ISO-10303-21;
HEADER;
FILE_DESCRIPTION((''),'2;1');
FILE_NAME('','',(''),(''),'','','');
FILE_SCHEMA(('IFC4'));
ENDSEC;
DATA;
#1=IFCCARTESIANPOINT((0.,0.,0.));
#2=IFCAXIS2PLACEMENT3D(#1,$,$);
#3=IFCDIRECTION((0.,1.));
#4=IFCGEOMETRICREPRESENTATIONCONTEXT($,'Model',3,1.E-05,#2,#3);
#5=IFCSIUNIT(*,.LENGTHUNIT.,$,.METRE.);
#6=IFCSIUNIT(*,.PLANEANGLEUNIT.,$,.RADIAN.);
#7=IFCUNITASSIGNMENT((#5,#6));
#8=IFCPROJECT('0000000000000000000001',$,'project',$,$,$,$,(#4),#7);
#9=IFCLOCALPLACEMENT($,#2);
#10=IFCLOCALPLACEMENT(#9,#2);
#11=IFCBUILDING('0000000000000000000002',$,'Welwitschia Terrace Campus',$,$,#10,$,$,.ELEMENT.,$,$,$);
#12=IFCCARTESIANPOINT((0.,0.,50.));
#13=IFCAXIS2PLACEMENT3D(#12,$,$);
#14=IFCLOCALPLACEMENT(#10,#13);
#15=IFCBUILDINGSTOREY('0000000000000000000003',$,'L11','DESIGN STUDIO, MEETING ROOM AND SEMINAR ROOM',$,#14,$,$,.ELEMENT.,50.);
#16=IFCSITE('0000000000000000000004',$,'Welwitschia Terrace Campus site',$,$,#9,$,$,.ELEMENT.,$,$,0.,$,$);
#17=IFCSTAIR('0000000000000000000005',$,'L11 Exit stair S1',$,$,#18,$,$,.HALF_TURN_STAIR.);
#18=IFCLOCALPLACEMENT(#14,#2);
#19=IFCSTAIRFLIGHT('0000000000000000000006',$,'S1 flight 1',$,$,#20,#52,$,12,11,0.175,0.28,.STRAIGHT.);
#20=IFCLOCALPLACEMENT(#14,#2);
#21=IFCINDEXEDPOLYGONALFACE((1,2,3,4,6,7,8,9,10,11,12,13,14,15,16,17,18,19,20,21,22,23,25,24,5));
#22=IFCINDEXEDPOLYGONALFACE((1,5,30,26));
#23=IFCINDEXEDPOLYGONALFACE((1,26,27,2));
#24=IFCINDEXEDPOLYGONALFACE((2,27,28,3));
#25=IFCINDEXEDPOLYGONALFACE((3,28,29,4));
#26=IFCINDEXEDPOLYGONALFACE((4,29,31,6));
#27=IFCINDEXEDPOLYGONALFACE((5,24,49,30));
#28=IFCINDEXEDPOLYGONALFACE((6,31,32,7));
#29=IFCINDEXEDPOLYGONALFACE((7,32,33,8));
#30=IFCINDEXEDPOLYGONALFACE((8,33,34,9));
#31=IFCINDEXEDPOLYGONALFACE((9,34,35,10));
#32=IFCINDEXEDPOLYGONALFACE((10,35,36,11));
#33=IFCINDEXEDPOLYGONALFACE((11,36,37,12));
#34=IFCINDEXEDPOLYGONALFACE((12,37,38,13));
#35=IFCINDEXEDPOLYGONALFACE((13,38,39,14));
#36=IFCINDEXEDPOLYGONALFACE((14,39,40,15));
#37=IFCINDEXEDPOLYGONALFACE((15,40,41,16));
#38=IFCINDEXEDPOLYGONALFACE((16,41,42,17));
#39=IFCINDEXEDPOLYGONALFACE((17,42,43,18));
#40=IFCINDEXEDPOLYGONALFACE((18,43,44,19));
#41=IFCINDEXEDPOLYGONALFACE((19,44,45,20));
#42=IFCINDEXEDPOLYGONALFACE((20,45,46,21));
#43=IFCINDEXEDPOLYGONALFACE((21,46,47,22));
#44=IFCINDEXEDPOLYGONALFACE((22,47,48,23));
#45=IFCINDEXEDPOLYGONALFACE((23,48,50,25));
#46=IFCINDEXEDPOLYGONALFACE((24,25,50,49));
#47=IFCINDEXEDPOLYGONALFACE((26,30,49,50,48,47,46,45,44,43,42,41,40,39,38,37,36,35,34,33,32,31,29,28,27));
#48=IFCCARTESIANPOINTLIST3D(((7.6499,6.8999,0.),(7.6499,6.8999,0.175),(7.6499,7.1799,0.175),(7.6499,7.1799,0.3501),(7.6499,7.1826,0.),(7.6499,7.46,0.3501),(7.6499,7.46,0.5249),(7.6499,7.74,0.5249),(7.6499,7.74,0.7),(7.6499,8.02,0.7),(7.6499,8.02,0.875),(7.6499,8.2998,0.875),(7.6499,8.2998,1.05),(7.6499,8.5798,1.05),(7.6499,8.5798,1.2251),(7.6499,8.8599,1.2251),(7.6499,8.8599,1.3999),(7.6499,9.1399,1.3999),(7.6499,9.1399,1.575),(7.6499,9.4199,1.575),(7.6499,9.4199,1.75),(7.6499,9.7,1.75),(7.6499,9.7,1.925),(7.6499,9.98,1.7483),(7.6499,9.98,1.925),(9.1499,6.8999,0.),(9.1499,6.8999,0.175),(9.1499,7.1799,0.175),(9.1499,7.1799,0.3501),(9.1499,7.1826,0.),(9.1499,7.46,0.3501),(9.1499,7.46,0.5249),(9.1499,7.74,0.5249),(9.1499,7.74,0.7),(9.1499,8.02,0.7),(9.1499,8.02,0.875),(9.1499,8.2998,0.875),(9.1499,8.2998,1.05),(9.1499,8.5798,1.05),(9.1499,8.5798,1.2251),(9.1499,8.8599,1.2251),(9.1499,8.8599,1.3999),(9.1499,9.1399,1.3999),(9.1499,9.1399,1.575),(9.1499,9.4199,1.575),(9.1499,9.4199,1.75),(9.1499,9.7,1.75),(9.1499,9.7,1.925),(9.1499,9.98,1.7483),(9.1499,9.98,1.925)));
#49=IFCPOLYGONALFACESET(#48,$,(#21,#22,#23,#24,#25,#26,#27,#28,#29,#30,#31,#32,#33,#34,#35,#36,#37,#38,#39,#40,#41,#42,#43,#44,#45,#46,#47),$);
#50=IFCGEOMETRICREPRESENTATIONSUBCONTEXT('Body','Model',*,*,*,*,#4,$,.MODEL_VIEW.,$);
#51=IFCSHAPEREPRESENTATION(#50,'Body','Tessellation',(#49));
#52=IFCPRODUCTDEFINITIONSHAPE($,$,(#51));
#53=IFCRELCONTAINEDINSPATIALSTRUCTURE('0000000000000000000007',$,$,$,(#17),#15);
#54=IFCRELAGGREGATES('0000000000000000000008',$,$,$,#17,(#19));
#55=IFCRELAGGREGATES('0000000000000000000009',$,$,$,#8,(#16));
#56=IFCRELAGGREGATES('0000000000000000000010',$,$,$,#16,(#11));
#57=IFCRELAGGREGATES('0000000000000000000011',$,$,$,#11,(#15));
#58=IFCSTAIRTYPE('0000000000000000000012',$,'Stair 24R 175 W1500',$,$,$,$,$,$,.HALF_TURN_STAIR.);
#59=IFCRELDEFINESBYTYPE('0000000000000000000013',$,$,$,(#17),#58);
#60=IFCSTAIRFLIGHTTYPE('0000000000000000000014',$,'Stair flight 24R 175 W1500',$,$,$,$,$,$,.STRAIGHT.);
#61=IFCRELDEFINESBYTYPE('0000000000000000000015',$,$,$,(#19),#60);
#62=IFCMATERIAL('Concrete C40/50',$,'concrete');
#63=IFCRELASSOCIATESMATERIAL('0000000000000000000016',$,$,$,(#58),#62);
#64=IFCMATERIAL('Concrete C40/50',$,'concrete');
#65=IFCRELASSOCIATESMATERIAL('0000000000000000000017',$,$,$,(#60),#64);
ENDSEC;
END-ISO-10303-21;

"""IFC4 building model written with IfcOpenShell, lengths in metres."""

from ifc_helpers import new_model, si_unit, direction, frame, origin, place, context, subcontext, project, spatial, polyline, outline, extrude, material, type_object, element, aggregate, save


model = new_model("IFC4")

# Units and contexts
model_context = context("Model", 3, precision=1e-05, world=origin(), true_north=direction((0.0, 1.0)))
body_context = subcontext(model_context, "Body", "Model", "MODEL_VIEW")
ifc_project = project(units=[si_unit("LENGTHUNIT", "METRE"), si_unit("PLANEANGLEUNIT", "RADIAN")], contexts=[model_context])

# Site, building, storey
site_placement = place(None, origin())
site = spatial("IfcSite", under=ifc_project, at=site_placement, Name="Welwitschia Terrace Campus site", CompositionType="ELEMENT", RefElevation=0.0)
building_placement = place(site_placement, origin())
building = spatial("IfcBuilding", under=site, at=building_placement, Name="Welwitschia Terrace Campus", CompositionType="ELEMENT")
storey_placement = place(building_placement, frame((0.0, 0.0, 50.0)))
storey = spatial("IfcBuildingStorey", under=building, at=storey_placement, Name="L11", Description="DESIGN STUDIO, MEETING ROOM AND SEMINAR ROOM", CompositionType="ELEMENT", Elevation=50.0)

# Stair, stair flight
ifc_material_1 = material(Name="Concrete C40/50", Category="concrete")
stair_type = type_object("IfcStairType", Name="Stair 24R 175 W1500", PredefinedType="HALF_TURN_STAIR", material=ifc_material_1)
stair_placement = place(storey_placement, origin())
stair = element("IfcStair", 1, at=stair_placement, inside=storey, type_object=stair_type, Name="L11 Exit stair S1", PredefinedType="HALF_TURN_STAIR")
ifc_material_2 = material(Name="Concrete C40/50", Category="concrete")
stair_flight_type = type_object("IfcStairFlightType", Name="Stair flight 24R 175 W1500", PredefinedType="STRAIGHT", material=ifc_material_2)
stair_flight_placement = place(storey_placement, frame((8.3999, 6.8999, 0.0), z_axis=(0.0, 0.0, 1.0), x_axis=(0.0, 1.0, 0.0)))
stair_flight = element("IfcStairFlight", 2, at=stair_flight_placement, type_object=stair_flight_type, Name="S1 flight 1", NumberOfRisers=12, NumberOfTreads=11, PredefinedType="STRAIGHT", RiserHeight=0.175, TreadLength=0.28, context=body_context, shape_type="SweptSolid", body=[
    extrude(outline(polyline([(0.0, 0.0), (0.0, 0.175), (0.28, 0.175), (0.28, 0.3501), (0.5601, 0.3501), (0.5601, 0.5249), (0.8401, 0.5249), (0.8401, 0.7), (1.1201, 0.7), (1.1201, 0.875), (1.3999, 0.875), (1.3999, 1.05), (1.6799, 1.05), (1.6799, 1.2251), (1.96, 1.2251), (1.96, 1.3999), (2.24, 1.3999), (2.24, 1.575), (2.52, 1.575), (2.52, 1.75), (2.8, 1.75), (2.8, 1.925), (3.0801, 1.925), (3.0801, 2.1001), (3.0801, 1.7483), (0.2827, 0.0), (0.0, 0.0)])), frame((0.0, 0.75, 0.0), z_axis=(0.0, -1.0, 0.0), x_axis=(1.0, 0.0, 0.0)), (0.0, 0.0, 1.0), 1.5),
])
aggregate(stair, [stair_flight])

save(model, "model.ifc")
